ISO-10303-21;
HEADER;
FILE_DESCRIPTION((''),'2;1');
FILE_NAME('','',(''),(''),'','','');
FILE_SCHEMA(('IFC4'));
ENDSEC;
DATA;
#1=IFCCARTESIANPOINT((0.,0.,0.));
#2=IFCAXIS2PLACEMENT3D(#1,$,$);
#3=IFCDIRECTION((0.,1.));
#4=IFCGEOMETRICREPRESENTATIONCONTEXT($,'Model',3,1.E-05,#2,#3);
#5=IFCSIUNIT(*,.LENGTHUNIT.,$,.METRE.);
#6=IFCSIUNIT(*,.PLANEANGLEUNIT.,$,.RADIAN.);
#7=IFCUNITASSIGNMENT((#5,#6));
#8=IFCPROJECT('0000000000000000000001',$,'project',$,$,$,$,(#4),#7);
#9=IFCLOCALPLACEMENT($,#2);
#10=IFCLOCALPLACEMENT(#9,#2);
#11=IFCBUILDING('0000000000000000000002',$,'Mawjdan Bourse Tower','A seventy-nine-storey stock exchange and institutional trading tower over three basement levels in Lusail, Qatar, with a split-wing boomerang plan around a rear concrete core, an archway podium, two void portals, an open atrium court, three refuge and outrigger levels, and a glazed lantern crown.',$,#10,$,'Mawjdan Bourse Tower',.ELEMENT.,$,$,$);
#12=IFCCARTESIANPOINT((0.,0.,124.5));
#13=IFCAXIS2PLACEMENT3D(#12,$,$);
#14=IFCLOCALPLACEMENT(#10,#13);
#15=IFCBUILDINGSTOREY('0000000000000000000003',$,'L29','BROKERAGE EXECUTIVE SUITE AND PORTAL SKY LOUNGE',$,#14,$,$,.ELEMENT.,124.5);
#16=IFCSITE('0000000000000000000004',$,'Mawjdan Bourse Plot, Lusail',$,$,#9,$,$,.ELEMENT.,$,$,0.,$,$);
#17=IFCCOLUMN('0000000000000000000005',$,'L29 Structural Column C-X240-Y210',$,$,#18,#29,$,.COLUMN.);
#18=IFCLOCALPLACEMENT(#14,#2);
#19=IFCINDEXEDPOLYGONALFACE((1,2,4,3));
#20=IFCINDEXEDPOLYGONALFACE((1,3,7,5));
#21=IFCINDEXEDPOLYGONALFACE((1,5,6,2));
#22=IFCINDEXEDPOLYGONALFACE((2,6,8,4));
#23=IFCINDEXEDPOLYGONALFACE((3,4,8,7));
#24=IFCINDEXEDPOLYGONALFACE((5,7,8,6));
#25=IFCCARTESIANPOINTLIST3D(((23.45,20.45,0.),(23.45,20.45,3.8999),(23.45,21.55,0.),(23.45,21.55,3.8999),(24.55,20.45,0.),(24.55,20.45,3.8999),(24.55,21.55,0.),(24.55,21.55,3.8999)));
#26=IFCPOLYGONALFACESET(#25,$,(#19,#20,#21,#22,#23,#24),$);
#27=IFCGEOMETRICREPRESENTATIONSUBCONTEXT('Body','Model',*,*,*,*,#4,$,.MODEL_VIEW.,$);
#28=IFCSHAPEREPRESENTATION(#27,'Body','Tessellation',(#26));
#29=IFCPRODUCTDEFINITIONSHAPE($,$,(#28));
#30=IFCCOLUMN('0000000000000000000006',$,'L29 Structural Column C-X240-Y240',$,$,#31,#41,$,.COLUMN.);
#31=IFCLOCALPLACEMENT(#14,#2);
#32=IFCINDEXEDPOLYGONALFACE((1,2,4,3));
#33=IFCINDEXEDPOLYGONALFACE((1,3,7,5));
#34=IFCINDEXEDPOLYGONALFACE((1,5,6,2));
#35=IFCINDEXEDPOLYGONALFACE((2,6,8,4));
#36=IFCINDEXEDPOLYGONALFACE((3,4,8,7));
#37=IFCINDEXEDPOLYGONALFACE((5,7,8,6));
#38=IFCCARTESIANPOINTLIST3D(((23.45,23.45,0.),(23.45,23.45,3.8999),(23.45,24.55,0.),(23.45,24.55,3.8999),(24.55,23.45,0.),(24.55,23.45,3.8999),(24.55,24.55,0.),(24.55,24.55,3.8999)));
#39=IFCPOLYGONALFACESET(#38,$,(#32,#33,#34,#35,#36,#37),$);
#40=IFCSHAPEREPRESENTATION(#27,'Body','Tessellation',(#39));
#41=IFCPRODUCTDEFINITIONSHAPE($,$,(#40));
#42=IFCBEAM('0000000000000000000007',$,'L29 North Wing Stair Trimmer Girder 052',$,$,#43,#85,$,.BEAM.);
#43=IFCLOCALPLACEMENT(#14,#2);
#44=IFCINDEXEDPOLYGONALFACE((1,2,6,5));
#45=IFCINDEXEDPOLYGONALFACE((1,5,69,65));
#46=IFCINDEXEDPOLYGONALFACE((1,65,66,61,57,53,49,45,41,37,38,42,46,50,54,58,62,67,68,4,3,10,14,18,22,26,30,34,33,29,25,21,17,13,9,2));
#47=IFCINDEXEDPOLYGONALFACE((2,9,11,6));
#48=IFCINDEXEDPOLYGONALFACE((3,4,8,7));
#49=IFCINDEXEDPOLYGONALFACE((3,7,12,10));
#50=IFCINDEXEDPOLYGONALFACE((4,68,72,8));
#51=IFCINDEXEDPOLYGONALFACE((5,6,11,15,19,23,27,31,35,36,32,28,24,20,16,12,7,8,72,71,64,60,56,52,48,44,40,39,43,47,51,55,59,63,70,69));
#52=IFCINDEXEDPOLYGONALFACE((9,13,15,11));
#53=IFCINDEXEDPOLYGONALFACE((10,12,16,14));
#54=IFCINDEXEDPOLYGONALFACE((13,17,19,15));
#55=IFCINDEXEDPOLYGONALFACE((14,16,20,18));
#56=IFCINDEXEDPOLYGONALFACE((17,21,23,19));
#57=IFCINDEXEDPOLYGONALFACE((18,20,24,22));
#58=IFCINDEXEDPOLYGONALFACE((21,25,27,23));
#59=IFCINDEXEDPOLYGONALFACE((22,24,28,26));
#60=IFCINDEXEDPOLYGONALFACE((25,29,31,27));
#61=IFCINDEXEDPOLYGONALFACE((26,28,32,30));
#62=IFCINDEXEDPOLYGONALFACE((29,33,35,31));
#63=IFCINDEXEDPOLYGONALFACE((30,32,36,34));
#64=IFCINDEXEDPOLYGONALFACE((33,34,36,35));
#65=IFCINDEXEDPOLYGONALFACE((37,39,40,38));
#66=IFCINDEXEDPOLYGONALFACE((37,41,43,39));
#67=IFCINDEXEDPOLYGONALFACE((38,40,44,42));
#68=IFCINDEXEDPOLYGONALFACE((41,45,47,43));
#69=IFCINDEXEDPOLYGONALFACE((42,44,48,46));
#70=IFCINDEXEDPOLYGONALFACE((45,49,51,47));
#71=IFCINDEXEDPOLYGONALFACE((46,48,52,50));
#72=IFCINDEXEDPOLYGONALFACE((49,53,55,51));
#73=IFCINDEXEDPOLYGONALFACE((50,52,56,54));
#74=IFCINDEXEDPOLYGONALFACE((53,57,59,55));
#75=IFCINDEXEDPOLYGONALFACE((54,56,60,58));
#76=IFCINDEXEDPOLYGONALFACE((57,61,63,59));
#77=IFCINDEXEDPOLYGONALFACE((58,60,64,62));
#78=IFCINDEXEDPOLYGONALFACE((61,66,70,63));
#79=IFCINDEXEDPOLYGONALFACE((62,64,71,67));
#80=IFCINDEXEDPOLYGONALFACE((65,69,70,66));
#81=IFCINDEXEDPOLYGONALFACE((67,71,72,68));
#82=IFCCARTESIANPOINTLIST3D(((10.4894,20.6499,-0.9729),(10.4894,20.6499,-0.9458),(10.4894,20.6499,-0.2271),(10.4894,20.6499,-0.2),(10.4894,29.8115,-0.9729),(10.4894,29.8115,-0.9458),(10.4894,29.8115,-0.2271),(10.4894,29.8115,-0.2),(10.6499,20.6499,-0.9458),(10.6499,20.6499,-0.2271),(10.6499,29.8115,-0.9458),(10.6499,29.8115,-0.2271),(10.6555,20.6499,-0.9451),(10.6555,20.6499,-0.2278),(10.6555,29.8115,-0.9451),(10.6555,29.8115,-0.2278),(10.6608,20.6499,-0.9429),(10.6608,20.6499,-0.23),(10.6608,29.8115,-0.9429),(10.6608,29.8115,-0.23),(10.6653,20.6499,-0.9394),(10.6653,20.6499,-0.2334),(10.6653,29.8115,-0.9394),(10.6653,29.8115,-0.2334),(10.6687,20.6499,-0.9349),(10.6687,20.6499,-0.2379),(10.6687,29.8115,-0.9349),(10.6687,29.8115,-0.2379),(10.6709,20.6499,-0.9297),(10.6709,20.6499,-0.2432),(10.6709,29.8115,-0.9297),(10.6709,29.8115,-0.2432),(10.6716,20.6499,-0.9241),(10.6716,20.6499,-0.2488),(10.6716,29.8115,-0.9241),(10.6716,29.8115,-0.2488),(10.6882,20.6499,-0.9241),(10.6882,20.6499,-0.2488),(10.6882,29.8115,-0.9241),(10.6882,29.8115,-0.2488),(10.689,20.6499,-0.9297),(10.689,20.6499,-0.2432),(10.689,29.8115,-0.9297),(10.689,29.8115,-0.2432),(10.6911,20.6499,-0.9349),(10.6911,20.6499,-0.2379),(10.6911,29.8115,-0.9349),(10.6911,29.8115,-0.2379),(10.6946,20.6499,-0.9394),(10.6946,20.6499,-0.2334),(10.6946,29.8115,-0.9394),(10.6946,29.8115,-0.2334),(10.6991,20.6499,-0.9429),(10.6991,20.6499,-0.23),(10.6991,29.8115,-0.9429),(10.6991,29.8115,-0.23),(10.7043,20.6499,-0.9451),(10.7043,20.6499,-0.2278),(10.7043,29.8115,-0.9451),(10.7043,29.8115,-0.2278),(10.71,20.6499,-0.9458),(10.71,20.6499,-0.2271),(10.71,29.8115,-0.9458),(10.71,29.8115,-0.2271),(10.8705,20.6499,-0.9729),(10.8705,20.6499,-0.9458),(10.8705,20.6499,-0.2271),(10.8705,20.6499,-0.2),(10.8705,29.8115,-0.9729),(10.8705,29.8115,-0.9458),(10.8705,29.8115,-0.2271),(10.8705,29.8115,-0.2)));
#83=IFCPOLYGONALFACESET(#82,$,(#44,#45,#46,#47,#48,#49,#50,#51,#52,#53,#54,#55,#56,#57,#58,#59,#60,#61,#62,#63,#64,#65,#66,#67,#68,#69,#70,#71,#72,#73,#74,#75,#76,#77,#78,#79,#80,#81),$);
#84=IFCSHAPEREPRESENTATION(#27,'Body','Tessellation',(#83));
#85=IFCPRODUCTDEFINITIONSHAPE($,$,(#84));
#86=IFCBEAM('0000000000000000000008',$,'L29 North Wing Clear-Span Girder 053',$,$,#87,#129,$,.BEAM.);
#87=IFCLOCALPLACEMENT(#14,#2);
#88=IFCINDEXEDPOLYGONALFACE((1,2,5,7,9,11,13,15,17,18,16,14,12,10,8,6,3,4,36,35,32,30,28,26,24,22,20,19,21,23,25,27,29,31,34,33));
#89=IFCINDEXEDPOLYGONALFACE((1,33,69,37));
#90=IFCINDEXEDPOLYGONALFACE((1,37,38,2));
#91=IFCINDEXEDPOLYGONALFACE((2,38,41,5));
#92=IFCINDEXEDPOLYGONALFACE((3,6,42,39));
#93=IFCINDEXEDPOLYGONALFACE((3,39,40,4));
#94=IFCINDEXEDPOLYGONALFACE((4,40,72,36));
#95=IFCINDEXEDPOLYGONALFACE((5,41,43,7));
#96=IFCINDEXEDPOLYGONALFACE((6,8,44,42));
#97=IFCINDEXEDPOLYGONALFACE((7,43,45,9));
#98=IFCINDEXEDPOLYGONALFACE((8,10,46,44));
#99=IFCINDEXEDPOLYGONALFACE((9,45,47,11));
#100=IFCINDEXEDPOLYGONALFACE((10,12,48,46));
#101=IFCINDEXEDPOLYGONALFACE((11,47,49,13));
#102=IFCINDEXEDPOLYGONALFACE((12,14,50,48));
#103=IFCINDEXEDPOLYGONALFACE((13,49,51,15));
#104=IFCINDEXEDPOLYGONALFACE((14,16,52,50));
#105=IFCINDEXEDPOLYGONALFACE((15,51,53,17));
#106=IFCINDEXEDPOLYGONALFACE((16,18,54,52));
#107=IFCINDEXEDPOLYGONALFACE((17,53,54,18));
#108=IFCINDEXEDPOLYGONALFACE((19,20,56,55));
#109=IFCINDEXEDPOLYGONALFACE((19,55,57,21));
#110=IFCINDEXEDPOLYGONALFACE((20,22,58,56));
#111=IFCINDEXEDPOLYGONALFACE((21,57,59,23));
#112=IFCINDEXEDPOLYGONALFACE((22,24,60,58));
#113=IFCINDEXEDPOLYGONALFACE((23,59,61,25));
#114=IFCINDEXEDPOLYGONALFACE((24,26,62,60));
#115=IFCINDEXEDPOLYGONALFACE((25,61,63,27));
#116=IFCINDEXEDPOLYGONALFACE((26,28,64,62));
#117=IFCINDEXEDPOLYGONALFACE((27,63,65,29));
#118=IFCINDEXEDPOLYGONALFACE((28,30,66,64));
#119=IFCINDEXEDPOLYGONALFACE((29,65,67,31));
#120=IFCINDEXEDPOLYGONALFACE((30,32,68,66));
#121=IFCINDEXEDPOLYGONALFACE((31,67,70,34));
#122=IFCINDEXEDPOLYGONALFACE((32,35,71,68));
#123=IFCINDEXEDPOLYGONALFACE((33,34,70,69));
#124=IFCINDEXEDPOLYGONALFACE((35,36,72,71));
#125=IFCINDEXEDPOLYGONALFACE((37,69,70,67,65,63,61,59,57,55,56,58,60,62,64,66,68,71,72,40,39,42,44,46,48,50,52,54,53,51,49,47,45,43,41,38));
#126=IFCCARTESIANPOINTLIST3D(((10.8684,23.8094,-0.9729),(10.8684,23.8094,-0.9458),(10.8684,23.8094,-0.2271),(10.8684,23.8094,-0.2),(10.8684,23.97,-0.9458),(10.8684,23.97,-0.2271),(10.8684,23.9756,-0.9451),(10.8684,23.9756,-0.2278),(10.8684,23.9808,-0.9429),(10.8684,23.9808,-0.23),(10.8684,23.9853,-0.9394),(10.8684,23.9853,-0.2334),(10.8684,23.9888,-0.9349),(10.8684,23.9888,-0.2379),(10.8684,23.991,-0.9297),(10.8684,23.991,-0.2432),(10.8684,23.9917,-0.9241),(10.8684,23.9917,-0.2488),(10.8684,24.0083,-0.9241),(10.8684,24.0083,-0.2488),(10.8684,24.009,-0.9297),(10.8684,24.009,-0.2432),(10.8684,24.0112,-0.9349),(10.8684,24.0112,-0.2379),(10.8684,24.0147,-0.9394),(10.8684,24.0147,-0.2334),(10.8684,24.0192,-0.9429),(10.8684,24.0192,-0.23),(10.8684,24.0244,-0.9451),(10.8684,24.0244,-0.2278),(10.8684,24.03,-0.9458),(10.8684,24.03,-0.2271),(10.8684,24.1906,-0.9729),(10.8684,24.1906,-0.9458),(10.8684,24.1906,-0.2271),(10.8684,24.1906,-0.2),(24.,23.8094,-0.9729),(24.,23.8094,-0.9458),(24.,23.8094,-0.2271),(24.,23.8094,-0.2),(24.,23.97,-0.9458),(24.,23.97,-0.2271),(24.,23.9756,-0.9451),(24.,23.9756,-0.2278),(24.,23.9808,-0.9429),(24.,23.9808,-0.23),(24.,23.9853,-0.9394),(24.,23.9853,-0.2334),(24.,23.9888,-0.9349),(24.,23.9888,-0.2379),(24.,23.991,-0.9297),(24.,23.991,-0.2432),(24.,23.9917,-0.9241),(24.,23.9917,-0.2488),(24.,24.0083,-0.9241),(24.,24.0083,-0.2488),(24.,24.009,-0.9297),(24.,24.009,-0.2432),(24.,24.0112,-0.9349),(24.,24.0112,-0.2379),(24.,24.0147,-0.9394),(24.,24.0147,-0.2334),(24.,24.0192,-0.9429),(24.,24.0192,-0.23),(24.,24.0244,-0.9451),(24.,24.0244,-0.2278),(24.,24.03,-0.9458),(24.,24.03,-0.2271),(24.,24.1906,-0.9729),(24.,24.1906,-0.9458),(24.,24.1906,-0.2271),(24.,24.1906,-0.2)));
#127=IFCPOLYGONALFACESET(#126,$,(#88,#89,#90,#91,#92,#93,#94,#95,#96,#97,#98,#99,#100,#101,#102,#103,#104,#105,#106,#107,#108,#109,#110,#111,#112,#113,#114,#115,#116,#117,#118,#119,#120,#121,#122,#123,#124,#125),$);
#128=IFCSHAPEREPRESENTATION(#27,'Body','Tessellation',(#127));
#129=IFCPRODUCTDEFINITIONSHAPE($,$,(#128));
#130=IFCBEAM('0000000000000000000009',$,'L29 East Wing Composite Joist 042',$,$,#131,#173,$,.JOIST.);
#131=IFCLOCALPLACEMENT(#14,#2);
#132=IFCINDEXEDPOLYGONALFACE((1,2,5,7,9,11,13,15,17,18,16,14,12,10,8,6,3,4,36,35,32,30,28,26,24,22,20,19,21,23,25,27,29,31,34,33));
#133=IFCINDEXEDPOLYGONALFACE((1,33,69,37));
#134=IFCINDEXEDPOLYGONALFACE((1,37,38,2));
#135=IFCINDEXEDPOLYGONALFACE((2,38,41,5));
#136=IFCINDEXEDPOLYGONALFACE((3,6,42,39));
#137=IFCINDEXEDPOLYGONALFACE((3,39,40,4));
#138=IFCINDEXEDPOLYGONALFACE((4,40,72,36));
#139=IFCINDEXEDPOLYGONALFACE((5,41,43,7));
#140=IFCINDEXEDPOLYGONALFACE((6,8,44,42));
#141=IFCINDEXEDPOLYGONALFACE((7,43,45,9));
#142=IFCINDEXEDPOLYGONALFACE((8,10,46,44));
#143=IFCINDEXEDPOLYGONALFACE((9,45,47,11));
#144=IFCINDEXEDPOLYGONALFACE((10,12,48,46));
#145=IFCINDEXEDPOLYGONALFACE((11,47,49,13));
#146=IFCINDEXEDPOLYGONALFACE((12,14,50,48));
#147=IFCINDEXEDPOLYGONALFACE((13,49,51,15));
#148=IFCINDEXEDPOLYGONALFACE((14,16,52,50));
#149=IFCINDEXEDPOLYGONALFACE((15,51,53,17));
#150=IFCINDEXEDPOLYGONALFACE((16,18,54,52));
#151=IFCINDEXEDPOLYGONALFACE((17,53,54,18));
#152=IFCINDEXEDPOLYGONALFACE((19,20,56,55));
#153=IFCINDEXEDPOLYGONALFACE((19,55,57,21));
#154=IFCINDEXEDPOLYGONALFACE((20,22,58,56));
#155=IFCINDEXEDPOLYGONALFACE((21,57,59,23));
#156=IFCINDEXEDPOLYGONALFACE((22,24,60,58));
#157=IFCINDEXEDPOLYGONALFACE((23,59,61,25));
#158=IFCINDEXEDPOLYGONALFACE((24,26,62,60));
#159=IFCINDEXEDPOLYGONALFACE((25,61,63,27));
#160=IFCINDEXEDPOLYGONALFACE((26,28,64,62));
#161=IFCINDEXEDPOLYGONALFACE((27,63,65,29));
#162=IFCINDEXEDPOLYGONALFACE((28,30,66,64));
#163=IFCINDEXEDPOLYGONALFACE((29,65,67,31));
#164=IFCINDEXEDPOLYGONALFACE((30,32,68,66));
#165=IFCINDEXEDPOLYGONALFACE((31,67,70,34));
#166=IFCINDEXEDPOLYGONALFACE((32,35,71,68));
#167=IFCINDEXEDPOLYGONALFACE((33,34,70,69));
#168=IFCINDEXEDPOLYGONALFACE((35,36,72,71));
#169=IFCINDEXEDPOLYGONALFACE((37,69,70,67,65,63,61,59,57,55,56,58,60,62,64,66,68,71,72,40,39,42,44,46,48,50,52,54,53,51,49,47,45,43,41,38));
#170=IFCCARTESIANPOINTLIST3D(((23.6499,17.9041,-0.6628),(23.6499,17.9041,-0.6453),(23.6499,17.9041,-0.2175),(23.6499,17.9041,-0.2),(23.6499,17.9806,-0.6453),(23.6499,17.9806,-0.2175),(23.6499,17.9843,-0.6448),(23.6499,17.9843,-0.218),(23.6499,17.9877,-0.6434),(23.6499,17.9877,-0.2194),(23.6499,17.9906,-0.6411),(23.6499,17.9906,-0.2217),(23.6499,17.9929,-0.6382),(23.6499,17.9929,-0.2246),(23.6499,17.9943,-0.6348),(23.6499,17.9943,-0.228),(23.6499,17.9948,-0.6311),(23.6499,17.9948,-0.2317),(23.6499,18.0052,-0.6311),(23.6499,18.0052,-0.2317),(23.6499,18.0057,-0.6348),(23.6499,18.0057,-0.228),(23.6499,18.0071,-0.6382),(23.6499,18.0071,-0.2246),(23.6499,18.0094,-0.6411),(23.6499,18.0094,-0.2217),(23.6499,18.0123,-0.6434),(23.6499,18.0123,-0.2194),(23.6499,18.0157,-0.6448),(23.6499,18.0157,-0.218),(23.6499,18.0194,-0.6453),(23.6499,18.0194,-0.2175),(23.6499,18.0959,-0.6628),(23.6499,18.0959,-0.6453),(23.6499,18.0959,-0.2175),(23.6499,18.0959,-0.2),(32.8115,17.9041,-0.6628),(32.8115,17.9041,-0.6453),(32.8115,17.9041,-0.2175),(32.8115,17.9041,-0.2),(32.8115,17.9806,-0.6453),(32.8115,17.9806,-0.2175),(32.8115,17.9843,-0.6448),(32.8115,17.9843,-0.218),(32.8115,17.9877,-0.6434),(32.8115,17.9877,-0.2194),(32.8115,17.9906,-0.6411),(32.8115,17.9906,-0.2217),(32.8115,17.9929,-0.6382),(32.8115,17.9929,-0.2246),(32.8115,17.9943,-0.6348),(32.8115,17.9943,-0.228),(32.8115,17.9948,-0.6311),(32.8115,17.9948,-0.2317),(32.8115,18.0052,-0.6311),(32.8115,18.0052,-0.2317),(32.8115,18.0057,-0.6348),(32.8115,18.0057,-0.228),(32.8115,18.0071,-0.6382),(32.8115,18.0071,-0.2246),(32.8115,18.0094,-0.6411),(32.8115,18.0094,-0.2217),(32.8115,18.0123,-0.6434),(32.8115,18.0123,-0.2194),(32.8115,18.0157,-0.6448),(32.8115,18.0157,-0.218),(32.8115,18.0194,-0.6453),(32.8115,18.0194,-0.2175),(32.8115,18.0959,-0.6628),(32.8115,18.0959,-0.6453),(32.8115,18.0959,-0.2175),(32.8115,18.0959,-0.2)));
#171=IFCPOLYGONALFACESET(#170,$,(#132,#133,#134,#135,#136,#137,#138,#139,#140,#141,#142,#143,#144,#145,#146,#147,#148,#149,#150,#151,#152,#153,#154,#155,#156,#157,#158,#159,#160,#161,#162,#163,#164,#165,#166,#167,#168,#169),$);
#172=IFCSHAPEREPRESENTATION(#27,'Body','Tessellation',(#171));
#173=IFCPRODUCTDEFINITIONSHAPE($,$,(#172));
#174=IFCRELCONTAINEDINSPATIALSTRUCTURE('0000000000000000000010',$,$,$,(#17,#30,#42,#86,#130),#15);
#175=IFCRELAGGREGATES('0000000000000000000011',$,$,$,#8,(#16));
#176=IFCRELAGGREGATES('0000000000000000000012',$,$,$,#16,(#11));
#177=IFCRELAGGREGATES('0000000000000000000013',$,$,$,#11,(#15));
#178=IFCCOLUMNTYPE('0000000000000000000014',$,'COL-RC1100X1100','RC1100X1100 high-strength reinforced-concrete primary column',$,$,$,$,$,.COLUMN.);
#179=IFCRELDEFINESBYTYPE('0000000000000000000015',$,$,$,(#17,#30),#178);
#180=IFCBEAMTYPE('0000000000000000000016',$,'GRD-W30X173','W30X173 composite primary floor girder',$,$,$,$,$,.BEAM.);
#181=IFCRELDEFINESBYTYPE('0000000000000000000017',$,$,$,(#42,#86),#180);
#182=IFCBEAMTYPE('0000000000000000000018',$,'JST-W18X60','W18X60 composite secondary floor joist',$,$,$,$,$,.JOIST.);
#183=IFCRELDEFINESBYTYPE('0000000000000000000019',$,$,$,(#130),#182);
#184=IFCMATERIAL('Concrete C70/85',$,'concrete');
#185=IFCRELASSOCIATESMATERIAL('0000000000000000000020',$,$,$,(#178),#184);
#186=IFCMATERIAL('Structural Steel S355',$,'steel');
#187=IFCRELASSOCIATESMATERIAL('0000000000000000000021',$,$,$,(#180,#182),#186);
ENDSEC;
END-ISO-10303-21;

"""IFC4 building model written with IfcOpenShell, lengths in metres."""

from ifc_helpers import new_model, si_unit, direction, frame, origin, origin_2d, place, context, subcontext, project, spatial, rectangle, i_section, extrude, material, material_profile, profile_set, type_object, element, save


model = new_model("IFC4")

# Units and contexts
model_context = context("Model", 3, precision=1e-05, world=origin(), true_north=direction((0.0, 1.0)))
body_context = subcontext(model_context, "Body", "Model", "MODEL_VIEW")
ifc_project = project(units=[si_unit("LENGTHUNIT", "METRE"), si_unit("PLANEANGLEUNIT", "RADIAN")], contexts=[model_context])

# Site, building, storey
site_placement = place(None, origin())
site = spatial("IfcSite", under=ifc_project, at=site_placement, Name="Mawjdan Bourse Plot, Lusail", CompositionType="ELEMENT", RefElevation=0.0)
building_placement = place(site_placement, origin())
building = spatial("IfcBuilding", under=site, at=building_placement, Name="Mawjdan Bourse Tower", Description="A seventy-nine-storey stock exchange and institutional trading tower over three basement levels in Lusail, Qatar, with a split-wing boomerang plan around a rear concrete core, an archway podium, two void portals, an open atrium court, three refuge and outrigger levels, and a glazed lantern crown.", LongName="Mawjdan Bourse Tower", CompositionType="ELEMENT")
storey_placement = place(building_placement, frame((0.0, 0.0, 124.5)))
storey = spatial("IfcBuildingStorey", under=building, at=storey_placement, Name="L29", Description="BROKERAGE EXECUTIVE SUITE AND PORTAL SKY LOUNGE", CompositionType="ELEMENT", Elevation=124.5)

# Columns
ifc_material_1 = material(Name="Concrete C70/85", Category="concrete")
ifc_material_profile_1 = material_profile(ifc_material_1, rectangle(XDim=1.1001, YDim=1.1001, at=origin_2d()), Name="RC1100X1100")
ifc_profile_set_1 = profile_set([ifc_material_profile_1], Name="Concrete C70/85")
column_type = type_object("IfcColumnType", Name="COL-RC1100X1100", Description="RC1100X1100 high-strength reinforced-concrete primary column", PredefinedType="COLUMN", material=ifc_profile_set_1)
for number, where, z_axis, x_axis, name in (
    (1, (24.0, 21.0, 0.0), (0.0, 0.0, 1.0), (1.0, 0.0, 0.0), "L29 Structural Column C-X240-Y210"),
    (2, (24.0, 24.0, 0.0), (0.0, 0.0, 1.0), (1.0, 0.0, 0.0), "L29 Structural Column C-X240-Y240"),
):
    element("IfcColumn", number, at=place(storey_placement, frame(where, z_axis=z_axis, x_axis=x_axis)), inside=storey, type_object=column_type, Name=name, PredefinedType="COLUMN", context=body_context, shape_type="SweptSolid", body=[
        extrude(rectangle(XDim=1.1001, YDim=1.1001, at=origin_2d()), origin(), (0.0, 0.0, 1.0), 3.8999),
    ])

# Beams
ifc_material_2 = material(Name="Structural Steel S355", Category="steel")
ifc_material_profile_2 = material_profile(ifc_material_2, i_section(OverallWidth=0.3811, OverallDepth=0.7729, WebThickness=0.0166, FlangeThickness=0.0271, FilletRadius=0.0217, at=origin_2d()), Name="W30X173")
ifc_profile_set_2 = profile_set([ifc_material_profile_2], Name="Structural Steel S355")
beam_type_1 = type_object("IfcBeamType", Name="GRD-W30X173", Description="W30X173 composite primary floor girder", PredefinedType="BEAM", material=ifc_profile_set_2)
beam_1_placement = place(storey_placement, frame((10.6799, 20.6499, -0.5864), z_axis=(0.0, 1.0, 0.0), x_axis=(-1.0, 0.0, 0.0)))
element("IfcBeam", 3, at=beam_1_placement, inside=storey, type_object=beam_type_1, Name="L29 North Wing Stair Trimmer Girder 052", PredefinedType="BEAM", context=body_context, shape_type="SweptSolid", body=[
    extrude(i_section(OverallWidth=0.3811, OverallDepth=0.7729, WebThickness=0.0166, FlangeThickness=0.0271, FilletRadius=0.0217, at=origin_2d()), origin(), (0.0, 0.0, 1.0), 9.1616),
])
beam_2_placement = place(storey_placement, frame((10.8684, 24.0, -0.5864), z_axis=(1.0, 0.0, 0.0), x_axis=(0.0, 1.0, 0.0)))
element("IfcBeam", 4, at=beam_2_placement, inside=storey, type_object=beam_type_1, Name="L29 North Wing Clear-Span Girder 053", PredefinedType="BEAM", context=body_context, shape_type="SweptSolid", body=[
    extrude(i_section(OverallWidth=0.3811, OverallDepth=0.7729, WebThickness=0.0166, FlangeThickness=0.0271, FilletRadius=0.0217, at=origin_2d()), origin(), (0.0, 0.0, 1.0), 13.1316),
])
ifc_material_profile_3 = material_profile(ifc_material_2, i_section(OverallWidth=0.1919, OverallDepth=0.4629, WebThickness=0.0105, FlangeThickness=0.0176, FilletRadius=0.0142, at=origin_2d()), Name="W18X60")
ifc_profile_set_3 = profile_set([ifc_material_profile_3], Name="Structural Steel S355")
beam_type_2 = type_object("IfcBeamType", Name="JST-W18X60", Description="W18X60 composite secondary floor joist", PredefinedType="JOIST", material=ifc_profile_set_3)
beam_3_placement = place(storey_placement, frame((23.6499, 18.0, -0.4314), z_axis=(1.0, 0.0, 0.0), x_axis=(0.0, 1.0, 0.0)))
element("IfcBeam", 5, at=beam_3_placement, inside=storey, type_object=beam_type_2, Name="L29 East Wing Composite Joist 042", PredefinedType="JOIST", context=body_context, shape_type="SweptSolid", body=[
    extrude(i_section(OverallWidth=0.1919, OverallDepth=0.4629, WebThickness=0.0105, FlangeThickness=0.0176, FilletRadius=0.0142, at=origin_2d()), origin(), (0.0, 0.0, 1.0), 9.1616),
])

save(model, "model.ifc")
